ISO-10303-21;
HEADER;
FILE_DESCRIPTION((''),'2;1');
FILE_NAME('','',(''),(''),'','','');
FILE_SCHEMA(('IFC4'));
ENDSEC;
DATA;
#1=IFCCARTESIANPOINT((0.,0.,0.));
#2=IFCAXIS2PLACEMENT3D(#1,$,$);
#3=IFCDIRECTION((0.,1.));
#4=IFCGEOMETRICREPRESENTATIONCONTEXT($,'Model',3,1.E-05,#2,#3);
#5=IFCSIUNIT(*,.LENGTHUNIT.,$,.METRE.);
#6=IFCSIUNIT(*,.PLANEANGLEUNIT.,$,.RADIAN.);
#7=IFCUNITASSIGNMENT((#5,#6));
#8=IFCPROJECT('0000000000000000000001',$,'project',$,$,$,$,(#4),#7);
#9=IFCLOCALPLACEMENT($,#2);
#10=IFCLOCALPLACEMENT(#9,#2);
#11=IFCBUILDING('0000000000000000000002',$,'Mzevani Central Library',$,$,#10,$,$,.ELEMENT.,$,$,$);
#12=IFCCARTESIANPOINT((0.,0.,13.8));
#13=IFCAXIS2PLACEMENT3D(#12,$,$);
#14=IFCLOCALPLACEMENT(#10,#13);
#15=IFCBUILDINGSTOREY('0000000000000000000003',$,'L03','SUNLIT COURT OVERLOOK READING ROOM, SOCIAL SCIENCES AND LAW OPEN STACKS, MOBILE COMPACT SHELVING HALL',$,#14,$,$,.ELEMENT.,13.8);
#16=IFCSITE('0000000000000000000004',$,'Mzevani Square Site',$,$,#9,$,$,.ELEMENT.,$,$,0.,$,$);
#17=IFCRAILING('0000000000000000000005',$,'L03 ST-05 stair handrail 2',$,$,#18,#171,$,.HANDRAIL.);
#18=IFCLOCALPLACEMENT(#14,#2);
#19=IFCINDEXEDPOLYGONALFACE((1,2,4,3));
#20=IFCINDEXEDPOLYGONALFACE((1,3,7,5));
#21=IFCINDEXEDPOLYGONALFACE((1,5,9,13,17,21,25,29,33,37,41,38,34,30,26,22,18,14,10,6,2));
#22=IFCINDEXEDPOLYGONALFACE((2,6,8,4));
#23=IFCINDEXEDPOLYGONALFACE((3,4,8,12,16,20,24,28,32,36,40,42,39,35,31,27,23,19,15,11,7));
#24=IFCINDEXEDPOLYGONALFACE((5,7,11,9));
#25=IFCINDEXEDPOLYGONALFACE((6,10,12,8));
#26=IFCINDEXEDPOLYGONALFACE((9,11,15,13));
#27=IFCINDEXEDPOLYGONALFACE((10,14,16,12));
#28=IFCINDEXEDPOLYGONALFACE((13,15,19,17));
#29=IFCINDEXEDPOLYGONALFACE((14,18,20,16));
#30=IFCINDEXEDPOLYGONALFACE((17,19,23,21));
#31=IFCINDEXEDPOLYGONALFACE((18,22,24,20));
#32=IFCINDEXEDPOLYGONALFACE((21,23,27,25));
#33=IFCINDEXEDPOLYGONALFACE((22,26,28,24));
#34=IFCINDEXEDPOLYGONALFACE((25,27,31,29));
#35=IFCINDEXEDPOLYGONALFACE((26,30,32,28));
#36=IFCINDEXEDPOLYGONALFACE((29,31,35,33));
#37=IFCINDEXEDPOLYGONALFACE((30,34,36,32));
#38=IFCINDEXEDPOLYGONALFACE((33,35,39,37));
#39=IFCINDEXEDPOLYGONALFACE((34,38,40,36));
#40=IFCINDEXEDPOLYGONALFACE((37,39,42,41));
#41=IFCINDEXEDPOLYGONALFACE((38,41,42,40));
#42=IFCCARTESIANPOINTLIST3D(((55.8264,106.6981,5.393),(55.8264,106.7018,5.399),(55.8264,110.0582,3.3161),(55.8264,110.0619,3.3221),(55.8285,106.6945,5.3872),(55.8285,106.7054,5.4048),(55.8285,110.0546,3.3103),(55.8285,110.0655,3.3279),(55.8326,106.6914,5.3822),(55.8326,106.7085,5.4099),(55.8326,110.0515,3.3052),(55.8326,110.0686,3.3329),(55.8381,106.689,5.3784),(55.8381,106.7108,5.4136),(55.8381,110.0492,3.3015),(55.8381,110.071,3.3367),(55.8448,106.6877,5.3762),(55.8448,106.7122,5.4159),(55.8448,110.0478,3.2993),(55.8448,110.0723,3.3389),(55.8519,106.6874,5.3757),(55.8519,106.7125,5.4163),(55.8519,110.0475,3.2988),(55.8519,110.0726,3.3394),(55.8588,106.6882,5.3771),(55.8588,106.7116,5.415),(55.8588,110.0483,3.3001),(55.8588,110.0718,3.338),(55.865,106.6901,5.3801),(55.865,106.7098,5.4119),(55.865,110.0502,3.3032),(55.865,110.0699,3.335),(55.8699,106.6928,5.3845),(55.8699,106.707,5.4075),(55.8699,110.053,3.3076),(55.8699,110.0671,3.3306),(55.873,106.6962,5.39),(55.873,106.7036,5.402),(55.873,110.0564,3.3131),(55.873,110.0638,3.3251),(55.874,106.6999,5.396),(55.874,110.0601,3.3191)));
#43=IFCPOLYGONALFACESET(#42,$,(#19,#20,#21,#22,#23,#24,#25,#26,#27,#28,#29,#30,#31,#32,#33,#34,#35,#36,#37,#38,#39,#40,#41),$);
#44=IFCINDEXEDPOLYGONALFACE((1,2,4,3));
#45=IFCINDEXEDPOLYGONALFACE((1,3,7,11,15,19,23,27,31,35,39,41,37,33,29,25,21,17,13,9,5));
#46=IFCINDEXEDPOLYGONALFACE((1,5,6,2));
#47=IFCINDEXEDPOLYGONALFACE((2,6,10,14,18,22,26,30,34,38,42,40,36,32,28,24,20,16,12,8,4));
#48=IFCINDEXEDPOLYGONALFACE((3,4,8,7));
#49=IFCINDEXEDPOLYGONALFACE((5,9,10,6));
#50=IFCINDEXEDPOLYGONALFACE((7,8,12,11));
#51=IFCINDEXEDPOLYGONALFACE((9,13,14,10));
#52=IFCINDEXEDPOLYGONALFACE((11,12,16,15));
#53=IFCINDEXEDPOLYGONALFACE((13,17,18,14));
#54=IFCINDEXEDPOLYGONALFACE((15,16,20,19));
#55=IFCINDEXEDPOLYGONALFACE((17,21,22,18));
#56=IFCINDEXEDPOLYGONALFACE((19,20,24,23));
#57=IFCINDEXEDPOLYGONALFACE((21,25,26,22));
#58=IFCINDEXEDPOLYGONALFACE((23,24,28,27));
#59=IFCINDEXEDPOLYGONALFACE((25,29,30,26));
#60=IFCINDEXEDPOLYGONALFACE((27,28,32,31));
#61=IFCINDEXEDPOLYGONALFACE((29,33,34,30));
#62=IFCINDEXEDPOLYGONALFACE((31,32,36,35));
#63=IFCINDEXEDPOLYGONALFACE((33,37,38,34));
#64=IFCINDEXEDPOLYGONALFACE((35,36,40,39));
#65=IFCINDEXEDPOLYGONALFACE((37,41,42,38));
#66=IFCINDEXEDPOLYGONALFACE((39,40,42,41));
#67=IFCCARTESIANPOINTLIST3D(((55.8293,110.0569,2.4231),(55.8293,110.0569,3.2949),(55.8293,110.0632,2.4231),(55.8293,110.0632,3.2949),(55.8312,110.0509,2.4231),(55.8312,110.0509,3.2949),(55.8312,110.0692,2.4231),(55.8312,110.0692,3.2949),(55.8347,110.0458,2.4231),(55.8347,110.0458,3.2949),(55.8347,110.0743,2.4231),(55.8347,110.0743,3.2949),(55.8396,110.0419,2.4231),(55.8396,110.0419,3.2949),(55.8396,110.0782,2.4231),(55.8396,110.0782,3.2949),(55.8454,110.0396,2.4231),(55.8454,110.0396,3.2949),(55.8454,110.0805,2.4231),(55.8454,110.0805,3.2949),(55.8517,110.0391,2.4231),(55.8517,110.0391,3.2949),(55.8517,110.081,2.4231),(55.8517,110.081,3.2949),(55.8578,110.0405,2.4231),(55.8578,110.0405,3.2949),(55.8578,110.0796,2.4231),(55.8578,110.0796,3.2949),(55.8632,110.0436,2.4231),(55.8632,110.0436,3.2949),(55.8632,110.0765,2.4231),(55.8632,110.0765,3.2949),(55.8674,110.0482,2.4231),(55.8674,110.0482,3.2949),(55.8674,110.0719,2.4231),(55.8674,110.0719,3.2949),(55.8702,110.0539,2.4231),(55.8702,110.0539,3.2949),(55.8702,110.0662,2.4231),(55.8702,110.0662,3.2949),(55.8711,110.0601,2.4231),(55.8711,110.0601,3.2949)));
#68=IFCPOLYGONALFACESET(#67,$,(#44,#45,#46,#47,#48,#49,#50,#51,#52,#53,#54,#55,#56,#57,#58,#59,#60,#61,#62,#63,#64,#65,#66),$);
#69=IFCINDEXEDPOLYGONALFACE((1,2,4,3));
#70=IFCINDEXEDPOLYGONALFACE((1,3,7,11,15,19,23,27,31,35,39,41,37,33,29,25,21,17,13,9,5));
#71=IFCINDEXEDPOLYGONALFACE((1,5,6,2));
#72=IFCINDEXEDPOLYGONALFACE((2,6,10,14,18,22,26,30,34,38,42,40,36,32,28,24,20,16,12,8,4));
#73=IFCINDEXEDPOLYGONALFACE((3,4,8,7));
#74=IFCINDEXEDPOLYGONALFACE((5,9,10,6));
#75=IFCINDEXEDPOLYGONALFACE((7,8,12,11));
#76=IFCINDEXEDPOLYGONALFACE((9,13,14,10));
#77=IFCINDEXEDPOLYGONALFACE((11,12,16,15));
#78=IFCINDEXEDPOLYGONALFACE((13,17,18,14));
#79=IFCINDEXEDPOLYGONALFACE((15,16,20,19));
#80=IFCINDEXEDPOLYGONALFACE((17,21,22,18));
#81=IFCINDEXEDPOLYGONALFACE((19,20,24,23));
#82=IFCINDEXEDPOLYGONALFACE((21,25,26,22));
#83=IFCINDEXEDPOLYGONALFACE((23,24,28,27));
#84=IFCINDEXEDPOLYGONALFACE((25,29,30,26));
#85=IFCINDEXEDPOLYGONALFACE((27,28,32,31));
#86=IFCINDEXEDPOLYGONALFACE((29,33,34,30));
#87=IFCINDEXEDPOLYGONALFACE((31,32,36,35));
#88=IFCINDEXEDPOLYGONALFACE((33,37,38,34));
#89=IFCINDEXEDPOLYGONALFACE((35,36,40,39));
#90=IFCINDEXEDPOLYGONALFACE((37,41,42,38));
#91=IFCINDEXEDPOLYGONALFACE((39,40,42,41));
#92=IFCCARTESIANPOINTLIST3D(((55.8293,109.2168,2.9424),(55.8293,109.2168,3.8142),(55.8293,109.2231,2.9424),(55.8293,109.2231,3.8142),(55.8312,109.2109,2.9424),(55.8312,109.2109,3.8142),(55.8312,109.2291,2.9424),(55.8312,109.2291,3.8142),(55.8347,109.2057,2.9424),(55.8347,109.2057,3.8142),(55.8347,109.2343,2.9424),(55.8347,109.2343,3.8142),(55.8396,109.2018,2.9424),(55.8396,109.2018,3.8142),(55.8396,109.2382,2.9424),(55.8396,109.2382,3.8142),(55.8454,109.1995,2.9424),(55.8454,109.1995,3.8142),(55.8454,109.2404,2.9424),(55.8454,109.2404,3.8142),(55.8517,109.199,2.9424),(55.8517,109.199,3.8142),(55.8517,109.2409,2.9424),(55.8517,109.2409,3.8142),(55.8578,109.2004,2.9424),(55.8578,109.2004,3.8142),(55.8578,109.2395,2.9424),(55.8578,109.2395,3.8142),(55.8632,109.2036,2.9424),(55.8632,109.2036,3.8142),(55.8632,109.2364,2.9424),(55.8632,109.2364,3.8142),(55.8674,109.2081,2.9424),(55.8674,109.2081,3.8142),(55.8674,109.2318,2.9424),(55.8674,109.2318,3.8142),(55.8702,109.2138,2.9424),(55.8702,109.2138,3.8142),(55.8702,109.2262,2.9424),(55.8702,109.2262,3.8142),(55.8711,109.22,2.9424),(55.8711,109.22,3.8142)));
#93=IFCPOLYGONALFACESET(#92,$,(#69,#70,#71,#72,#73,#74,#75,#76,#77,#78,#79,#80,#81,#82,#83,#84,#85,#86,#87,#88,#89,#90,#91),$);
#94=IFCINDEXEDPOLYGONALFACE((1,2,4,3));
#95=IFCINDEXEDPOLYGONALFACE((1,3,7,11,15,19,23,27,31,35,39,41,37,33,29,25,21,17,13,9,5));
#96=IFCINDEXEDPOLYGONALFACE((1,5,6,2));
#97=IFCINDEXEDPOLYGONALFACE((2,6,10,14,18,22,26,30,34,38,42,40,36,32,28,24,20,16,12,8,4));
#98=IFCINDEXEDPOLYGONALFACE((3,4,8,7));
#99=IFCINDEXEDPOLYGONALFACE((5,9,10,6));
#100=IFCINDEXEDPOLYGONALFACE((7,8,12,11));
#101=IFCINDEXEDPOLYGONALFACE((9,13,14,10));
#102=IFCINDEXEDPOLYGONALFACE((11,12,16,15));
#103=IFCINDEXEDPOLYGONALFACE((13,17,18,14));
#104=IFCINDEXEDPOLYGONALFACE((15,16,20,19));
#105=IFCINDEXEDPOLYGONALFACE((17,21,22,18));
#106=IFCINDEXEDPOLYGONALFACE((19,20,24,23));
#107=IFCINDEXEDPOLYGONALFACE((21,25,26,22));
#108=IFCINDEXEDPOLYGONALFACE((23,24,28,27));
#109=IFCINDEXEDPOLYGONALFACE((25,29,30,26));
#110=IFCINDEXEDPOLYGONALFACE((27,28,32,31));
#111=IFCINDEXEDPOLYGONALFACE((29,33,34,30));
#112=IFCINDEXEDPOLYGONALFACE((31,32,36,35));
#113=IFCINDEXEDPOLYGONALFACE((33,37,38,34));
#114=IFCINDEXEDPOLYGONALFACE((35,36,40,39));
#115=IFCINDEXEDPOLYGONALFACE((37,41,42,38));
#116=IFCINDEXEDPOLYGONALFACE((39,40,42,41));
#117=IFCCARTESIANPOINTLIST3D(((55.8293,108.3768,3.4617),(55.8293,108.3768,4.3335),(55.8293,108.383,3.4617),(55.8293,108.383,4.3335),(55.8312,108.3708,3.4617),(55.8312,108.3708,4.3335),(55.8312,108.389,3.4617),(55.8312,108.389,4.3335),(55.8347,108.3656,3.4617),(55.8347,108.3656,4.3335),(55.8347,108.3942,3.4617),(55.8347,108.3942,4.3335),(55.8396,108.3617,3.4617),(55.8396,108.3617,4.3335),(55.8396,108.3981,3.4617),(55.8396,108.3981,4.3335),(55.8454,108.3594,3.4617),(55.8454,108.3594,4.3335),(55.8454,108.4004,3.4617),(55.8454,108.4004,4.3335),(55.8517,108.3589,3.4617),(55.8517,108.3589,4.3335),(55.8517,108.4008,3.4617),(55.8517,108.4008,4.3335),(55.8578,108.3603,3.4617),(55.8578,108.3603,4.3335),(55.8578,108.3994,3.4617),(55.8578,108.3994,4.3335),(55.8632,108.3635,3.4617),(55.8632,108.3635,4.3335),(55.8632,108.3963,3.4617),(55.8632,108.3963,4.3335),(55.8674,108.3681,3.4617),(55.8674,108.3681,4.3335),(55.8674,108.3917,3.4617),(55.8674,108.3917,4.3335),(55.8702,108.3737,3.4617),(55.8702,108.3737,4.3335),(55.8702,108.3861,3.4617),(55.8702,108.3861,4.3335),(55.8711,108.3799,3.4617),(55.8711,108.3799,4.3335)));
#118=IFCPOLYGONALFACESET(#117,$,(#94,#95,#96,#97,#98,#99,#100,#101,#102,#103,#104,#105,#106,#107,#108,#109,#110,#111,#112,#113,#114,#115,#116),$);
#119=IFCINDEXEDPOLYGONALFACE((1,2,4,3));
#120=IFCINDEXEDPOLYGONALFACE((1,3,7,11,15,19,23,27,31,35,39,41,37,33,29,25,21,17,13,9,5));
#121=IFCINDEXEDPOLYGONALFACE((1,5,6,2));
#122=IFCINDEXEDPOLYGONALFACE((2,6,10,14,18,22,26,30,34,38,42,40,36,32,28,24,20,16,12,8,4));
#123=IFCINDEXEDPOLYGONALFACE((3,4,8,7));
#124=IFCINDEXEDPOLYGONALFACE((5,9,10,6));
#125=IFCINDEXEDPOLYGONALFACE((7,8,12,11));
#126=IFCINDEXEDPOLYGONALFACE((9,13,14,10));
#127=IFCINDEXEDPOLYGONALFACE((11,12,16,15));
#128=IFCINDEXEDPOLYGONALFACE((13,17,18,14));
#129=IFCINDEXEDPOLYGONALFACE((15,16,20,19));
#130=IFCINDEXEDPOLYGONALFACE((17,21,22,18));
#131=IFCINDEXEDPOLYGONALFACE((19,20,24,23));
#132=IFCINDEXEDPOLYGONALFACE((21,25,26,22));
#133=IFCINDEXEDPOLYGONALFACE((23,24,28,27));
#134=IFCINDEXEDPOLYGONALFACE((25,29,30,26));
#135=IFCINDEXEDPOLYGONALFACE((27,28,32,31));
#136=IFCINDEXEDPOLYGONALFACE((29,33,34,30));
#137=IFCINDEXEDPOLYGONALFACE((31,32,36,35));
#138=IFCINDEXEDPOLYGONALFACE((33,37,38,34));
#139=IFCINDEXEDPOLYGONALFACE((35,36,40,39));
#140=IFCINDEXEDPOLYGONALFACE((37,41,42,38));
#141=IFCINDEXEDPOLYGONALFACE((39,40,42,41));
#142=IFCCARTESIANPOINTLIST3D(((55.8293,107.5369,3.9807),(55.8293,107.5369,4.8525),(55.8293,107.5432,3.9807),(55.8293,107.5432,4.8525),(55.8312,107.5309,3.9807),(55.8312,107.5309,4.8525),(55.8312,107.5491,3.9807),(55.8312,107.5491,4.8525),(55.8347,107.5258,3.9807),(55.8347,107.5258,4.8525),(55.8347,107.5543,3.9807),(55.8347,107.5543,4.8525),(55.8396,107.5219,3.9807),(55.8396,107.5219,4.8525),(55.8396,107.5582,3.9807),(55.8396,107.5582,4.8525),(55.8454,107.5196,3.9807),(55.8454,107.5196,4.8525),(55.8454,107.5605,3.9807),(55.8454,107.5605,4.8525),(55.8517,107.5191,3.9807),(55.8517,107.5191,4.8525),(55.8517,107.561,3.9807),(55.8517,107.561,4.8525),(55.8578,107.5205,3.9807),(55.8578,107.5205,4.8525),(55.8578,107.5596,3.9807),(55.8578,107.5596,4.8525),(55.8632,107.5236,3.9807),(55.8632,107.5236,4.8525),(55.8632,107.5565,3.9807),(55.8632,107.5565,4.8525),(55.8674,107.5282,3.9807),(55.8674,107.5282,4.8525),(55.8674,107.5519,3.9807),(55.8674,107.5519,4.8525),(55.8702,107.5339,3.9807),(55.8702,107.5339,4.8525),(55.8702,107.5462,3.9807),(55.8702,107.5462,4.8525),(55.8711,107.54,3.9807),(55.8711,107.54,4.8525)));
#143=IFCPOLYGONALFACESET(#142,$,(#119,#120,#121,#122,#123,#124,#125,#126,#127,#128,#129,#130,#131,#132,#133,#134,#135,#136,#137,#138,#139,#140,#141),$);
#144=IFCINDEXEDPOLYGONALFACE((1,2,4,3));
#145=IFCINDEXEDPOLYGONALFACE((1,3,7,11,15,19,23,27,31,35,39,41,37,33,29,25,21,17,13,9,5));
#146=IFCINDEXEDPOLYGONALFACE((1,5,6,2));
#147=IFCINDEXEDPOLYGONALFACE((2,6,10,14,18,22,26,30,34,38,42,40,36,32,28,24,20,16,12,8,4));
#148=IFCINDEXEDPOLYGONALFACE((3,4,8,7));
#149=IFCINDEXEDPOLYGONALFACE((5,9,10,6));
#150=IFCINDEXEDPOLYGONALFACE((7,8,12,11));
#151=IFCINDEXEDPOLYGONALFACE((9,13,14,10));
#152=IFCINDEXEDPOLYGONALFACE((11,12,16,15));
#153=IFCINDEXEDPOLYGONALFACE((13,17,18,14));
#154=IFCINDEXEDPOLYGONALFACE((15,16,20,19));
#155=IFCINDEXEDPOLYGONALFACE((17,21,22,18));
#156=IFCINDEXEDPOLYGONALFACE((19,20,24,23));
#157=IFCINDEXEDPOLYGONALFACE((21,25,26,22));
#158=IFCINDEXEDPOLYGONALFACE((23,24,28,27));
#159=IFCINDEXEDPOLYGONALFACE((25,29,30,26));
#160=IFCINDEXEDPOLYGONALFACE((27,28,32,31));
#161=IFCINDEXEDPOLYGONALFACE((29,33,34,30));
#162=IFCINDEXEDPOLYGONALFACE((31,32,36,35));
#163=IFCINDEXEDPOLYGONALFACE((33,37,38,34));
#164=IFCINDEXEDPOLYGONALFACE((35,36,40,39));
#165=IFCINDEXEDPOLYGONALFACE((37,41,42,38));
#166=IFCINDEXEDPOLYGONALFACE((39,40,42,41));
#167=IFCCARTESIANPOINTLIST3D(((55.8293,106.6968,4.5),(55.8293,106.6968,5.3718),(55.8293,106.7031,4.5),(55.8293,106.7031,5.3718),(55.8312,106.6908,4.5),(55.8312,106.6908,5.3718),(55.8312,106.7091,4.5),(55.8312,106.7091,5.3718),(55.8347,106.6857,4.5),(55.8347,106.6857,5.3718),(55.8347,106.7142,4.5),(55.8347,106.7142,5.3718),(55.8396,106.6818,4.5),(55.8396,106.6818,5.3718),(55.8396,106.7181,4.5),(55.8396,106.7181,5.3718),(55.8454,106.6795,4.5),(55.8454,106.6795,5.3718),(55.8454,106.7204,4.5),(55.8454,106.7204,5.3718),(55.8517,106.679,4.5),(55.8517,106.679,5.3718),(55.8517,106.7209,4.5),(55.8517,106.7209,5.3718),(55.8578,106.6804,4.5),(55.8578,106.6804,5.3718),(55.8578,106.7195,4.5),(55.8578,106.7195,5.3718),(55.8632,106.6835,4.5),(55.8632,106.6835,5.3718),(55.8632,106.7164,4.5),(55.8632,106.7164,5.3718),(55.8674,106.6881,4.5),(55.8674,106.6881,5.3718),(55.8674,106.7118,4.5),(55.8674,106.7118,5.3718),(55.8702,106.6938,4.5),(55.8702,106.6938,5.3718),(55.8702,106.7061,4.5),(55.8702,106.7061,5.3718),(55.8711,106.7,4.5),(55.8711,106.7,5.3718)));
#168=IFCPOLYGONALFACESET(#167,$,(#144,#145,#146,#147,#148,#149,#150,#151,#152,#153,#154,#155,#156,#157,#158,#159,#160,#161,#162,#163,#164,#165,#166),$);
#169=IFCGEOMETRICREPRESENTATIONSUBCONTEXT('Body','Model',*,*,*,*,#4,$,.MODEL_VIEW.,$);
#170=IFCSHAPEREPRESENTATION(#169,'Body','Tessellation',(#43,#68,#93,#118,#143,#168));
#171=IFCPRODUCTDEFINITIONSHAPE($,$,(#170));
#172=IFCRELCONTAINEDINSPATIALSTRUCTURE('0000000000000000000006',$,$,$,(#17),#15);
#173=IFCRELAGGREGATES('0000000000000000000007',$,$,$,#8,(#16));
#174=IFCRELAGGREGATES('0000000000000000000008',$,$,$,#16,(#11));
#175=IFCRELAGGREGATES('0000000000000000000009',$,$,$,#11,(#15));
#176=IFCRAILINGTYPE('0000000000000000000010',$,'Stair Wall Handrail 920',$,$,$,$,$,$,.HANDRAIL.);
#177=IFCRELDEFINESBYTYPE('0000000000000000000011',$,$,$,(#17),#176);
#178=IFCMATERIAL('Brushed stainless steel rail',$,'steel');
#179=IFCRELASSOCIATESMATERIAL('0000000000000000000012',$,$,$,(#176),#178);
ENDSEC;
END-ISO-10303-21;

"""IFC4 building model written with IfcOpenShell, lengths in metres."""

from ifc_helpers import new_model, si_unit, direction, frame, origin, origin_2d, place, context, subcontext, project, spatial, circle, extrude, material, type_object, element, save


model = new_model("IFC4")

# Units and contexts
model_context = context("Model", 3, precision=1e-05, world=origin(), true_north=direction((0.0, 1.0)))
body_context = subcontext(model_context, "Body", "Model", "MODEL_VIEW")
ifc_project = project(units=[si_unit("LENGTHUNIT", "METRE"), si_unit("PLANEANGLEUNIT", "RADIAN")], contexts=[model_context])

# Site, building, storey
site_placement = place(None, origin())
site = spatial("IfcSite", under=ifc_project, at=site_placement, Name="Mzevani Square Site", CompositionType="ELEMENT", RefElevation=0.0)
building_placement = place(site_placement, origin())
building = spatial("IfcBuilding", under=site, at=building_placement, Name="Mzevani Central Library", CompositionType="ELEMENT")
storey_placement = place(building_placement, frame((0.0, 0.0, 13.8)))
storey = spatial("IfcBuildingStorey", under=building, at=storey_placement, Name="L03", Description="SUNLIT COURT OVERLOOK READING ROOM, SOCIAL SCIENCES AND LAW OPEN STACKS, MOBILE COMPACT SHELVING HALL", CompositionType="ELEMENT", Elevation=13.8)

# Shared definitions
ifc_material_1 = material(Name="Brushed stainless steel rail", Category="steel")

# Railing
railing_type_1 = type_object("IfcRailingType", Name="Stair Wall Handrail 920", PredefinedType="HANDRAIL", material=ifc_material_1)
railing_1_placement = place(storey_placement, frame((55.8501, 110.0601, 2.4231)))
element("IfcRailing", 1, at=railing_1_placement, inside=storey, type_object=railing_type_1, Name="L03 ST-05 stair handrail 2", PredefinedType="HANDRAIL", context=body_context, shape_type="SweptSolid", body=[
    extrude(circle(Radius=0.0239, at=origin_2d()), frame((0.0, 0.0, 0.896), z_axis=(0.0, -0.850623, 0.525776), x_axis=(1.0, 0.0, 0.0)), (0.0, 0.0, 1.0), 3.9502),
    extrude(circle(Radius=0.021, at=origin_2d()), origin(), (0.0, 0.0, 1.0), 0.8718),
    extrude(circle(Radius=0.021, at=origin_2d()), frame((0.0, -0.8401, 0.5193)), (0.0, 0.0, 1.0), 0.8718),
    extrude(circle(Radius=0.021, at=origin_2d()), frame((0.0, -1.6802, 1.0386)), (0.0, 0.0, 1.0), 0.8718),
    extrude(circle(Radius=0.021, at=origin_2d()), frame((0.0, -2.52, 1.5576)), (0.0, 0.0, 1.0), 0.8718),
    extrude(circle(Radius=0.021, at=origin_2d()), frame((0.0, -3.3601, 2.0769)), (0.0, 0.0, 1.0), 0.8718),
])

save(model, "model.ifc")
